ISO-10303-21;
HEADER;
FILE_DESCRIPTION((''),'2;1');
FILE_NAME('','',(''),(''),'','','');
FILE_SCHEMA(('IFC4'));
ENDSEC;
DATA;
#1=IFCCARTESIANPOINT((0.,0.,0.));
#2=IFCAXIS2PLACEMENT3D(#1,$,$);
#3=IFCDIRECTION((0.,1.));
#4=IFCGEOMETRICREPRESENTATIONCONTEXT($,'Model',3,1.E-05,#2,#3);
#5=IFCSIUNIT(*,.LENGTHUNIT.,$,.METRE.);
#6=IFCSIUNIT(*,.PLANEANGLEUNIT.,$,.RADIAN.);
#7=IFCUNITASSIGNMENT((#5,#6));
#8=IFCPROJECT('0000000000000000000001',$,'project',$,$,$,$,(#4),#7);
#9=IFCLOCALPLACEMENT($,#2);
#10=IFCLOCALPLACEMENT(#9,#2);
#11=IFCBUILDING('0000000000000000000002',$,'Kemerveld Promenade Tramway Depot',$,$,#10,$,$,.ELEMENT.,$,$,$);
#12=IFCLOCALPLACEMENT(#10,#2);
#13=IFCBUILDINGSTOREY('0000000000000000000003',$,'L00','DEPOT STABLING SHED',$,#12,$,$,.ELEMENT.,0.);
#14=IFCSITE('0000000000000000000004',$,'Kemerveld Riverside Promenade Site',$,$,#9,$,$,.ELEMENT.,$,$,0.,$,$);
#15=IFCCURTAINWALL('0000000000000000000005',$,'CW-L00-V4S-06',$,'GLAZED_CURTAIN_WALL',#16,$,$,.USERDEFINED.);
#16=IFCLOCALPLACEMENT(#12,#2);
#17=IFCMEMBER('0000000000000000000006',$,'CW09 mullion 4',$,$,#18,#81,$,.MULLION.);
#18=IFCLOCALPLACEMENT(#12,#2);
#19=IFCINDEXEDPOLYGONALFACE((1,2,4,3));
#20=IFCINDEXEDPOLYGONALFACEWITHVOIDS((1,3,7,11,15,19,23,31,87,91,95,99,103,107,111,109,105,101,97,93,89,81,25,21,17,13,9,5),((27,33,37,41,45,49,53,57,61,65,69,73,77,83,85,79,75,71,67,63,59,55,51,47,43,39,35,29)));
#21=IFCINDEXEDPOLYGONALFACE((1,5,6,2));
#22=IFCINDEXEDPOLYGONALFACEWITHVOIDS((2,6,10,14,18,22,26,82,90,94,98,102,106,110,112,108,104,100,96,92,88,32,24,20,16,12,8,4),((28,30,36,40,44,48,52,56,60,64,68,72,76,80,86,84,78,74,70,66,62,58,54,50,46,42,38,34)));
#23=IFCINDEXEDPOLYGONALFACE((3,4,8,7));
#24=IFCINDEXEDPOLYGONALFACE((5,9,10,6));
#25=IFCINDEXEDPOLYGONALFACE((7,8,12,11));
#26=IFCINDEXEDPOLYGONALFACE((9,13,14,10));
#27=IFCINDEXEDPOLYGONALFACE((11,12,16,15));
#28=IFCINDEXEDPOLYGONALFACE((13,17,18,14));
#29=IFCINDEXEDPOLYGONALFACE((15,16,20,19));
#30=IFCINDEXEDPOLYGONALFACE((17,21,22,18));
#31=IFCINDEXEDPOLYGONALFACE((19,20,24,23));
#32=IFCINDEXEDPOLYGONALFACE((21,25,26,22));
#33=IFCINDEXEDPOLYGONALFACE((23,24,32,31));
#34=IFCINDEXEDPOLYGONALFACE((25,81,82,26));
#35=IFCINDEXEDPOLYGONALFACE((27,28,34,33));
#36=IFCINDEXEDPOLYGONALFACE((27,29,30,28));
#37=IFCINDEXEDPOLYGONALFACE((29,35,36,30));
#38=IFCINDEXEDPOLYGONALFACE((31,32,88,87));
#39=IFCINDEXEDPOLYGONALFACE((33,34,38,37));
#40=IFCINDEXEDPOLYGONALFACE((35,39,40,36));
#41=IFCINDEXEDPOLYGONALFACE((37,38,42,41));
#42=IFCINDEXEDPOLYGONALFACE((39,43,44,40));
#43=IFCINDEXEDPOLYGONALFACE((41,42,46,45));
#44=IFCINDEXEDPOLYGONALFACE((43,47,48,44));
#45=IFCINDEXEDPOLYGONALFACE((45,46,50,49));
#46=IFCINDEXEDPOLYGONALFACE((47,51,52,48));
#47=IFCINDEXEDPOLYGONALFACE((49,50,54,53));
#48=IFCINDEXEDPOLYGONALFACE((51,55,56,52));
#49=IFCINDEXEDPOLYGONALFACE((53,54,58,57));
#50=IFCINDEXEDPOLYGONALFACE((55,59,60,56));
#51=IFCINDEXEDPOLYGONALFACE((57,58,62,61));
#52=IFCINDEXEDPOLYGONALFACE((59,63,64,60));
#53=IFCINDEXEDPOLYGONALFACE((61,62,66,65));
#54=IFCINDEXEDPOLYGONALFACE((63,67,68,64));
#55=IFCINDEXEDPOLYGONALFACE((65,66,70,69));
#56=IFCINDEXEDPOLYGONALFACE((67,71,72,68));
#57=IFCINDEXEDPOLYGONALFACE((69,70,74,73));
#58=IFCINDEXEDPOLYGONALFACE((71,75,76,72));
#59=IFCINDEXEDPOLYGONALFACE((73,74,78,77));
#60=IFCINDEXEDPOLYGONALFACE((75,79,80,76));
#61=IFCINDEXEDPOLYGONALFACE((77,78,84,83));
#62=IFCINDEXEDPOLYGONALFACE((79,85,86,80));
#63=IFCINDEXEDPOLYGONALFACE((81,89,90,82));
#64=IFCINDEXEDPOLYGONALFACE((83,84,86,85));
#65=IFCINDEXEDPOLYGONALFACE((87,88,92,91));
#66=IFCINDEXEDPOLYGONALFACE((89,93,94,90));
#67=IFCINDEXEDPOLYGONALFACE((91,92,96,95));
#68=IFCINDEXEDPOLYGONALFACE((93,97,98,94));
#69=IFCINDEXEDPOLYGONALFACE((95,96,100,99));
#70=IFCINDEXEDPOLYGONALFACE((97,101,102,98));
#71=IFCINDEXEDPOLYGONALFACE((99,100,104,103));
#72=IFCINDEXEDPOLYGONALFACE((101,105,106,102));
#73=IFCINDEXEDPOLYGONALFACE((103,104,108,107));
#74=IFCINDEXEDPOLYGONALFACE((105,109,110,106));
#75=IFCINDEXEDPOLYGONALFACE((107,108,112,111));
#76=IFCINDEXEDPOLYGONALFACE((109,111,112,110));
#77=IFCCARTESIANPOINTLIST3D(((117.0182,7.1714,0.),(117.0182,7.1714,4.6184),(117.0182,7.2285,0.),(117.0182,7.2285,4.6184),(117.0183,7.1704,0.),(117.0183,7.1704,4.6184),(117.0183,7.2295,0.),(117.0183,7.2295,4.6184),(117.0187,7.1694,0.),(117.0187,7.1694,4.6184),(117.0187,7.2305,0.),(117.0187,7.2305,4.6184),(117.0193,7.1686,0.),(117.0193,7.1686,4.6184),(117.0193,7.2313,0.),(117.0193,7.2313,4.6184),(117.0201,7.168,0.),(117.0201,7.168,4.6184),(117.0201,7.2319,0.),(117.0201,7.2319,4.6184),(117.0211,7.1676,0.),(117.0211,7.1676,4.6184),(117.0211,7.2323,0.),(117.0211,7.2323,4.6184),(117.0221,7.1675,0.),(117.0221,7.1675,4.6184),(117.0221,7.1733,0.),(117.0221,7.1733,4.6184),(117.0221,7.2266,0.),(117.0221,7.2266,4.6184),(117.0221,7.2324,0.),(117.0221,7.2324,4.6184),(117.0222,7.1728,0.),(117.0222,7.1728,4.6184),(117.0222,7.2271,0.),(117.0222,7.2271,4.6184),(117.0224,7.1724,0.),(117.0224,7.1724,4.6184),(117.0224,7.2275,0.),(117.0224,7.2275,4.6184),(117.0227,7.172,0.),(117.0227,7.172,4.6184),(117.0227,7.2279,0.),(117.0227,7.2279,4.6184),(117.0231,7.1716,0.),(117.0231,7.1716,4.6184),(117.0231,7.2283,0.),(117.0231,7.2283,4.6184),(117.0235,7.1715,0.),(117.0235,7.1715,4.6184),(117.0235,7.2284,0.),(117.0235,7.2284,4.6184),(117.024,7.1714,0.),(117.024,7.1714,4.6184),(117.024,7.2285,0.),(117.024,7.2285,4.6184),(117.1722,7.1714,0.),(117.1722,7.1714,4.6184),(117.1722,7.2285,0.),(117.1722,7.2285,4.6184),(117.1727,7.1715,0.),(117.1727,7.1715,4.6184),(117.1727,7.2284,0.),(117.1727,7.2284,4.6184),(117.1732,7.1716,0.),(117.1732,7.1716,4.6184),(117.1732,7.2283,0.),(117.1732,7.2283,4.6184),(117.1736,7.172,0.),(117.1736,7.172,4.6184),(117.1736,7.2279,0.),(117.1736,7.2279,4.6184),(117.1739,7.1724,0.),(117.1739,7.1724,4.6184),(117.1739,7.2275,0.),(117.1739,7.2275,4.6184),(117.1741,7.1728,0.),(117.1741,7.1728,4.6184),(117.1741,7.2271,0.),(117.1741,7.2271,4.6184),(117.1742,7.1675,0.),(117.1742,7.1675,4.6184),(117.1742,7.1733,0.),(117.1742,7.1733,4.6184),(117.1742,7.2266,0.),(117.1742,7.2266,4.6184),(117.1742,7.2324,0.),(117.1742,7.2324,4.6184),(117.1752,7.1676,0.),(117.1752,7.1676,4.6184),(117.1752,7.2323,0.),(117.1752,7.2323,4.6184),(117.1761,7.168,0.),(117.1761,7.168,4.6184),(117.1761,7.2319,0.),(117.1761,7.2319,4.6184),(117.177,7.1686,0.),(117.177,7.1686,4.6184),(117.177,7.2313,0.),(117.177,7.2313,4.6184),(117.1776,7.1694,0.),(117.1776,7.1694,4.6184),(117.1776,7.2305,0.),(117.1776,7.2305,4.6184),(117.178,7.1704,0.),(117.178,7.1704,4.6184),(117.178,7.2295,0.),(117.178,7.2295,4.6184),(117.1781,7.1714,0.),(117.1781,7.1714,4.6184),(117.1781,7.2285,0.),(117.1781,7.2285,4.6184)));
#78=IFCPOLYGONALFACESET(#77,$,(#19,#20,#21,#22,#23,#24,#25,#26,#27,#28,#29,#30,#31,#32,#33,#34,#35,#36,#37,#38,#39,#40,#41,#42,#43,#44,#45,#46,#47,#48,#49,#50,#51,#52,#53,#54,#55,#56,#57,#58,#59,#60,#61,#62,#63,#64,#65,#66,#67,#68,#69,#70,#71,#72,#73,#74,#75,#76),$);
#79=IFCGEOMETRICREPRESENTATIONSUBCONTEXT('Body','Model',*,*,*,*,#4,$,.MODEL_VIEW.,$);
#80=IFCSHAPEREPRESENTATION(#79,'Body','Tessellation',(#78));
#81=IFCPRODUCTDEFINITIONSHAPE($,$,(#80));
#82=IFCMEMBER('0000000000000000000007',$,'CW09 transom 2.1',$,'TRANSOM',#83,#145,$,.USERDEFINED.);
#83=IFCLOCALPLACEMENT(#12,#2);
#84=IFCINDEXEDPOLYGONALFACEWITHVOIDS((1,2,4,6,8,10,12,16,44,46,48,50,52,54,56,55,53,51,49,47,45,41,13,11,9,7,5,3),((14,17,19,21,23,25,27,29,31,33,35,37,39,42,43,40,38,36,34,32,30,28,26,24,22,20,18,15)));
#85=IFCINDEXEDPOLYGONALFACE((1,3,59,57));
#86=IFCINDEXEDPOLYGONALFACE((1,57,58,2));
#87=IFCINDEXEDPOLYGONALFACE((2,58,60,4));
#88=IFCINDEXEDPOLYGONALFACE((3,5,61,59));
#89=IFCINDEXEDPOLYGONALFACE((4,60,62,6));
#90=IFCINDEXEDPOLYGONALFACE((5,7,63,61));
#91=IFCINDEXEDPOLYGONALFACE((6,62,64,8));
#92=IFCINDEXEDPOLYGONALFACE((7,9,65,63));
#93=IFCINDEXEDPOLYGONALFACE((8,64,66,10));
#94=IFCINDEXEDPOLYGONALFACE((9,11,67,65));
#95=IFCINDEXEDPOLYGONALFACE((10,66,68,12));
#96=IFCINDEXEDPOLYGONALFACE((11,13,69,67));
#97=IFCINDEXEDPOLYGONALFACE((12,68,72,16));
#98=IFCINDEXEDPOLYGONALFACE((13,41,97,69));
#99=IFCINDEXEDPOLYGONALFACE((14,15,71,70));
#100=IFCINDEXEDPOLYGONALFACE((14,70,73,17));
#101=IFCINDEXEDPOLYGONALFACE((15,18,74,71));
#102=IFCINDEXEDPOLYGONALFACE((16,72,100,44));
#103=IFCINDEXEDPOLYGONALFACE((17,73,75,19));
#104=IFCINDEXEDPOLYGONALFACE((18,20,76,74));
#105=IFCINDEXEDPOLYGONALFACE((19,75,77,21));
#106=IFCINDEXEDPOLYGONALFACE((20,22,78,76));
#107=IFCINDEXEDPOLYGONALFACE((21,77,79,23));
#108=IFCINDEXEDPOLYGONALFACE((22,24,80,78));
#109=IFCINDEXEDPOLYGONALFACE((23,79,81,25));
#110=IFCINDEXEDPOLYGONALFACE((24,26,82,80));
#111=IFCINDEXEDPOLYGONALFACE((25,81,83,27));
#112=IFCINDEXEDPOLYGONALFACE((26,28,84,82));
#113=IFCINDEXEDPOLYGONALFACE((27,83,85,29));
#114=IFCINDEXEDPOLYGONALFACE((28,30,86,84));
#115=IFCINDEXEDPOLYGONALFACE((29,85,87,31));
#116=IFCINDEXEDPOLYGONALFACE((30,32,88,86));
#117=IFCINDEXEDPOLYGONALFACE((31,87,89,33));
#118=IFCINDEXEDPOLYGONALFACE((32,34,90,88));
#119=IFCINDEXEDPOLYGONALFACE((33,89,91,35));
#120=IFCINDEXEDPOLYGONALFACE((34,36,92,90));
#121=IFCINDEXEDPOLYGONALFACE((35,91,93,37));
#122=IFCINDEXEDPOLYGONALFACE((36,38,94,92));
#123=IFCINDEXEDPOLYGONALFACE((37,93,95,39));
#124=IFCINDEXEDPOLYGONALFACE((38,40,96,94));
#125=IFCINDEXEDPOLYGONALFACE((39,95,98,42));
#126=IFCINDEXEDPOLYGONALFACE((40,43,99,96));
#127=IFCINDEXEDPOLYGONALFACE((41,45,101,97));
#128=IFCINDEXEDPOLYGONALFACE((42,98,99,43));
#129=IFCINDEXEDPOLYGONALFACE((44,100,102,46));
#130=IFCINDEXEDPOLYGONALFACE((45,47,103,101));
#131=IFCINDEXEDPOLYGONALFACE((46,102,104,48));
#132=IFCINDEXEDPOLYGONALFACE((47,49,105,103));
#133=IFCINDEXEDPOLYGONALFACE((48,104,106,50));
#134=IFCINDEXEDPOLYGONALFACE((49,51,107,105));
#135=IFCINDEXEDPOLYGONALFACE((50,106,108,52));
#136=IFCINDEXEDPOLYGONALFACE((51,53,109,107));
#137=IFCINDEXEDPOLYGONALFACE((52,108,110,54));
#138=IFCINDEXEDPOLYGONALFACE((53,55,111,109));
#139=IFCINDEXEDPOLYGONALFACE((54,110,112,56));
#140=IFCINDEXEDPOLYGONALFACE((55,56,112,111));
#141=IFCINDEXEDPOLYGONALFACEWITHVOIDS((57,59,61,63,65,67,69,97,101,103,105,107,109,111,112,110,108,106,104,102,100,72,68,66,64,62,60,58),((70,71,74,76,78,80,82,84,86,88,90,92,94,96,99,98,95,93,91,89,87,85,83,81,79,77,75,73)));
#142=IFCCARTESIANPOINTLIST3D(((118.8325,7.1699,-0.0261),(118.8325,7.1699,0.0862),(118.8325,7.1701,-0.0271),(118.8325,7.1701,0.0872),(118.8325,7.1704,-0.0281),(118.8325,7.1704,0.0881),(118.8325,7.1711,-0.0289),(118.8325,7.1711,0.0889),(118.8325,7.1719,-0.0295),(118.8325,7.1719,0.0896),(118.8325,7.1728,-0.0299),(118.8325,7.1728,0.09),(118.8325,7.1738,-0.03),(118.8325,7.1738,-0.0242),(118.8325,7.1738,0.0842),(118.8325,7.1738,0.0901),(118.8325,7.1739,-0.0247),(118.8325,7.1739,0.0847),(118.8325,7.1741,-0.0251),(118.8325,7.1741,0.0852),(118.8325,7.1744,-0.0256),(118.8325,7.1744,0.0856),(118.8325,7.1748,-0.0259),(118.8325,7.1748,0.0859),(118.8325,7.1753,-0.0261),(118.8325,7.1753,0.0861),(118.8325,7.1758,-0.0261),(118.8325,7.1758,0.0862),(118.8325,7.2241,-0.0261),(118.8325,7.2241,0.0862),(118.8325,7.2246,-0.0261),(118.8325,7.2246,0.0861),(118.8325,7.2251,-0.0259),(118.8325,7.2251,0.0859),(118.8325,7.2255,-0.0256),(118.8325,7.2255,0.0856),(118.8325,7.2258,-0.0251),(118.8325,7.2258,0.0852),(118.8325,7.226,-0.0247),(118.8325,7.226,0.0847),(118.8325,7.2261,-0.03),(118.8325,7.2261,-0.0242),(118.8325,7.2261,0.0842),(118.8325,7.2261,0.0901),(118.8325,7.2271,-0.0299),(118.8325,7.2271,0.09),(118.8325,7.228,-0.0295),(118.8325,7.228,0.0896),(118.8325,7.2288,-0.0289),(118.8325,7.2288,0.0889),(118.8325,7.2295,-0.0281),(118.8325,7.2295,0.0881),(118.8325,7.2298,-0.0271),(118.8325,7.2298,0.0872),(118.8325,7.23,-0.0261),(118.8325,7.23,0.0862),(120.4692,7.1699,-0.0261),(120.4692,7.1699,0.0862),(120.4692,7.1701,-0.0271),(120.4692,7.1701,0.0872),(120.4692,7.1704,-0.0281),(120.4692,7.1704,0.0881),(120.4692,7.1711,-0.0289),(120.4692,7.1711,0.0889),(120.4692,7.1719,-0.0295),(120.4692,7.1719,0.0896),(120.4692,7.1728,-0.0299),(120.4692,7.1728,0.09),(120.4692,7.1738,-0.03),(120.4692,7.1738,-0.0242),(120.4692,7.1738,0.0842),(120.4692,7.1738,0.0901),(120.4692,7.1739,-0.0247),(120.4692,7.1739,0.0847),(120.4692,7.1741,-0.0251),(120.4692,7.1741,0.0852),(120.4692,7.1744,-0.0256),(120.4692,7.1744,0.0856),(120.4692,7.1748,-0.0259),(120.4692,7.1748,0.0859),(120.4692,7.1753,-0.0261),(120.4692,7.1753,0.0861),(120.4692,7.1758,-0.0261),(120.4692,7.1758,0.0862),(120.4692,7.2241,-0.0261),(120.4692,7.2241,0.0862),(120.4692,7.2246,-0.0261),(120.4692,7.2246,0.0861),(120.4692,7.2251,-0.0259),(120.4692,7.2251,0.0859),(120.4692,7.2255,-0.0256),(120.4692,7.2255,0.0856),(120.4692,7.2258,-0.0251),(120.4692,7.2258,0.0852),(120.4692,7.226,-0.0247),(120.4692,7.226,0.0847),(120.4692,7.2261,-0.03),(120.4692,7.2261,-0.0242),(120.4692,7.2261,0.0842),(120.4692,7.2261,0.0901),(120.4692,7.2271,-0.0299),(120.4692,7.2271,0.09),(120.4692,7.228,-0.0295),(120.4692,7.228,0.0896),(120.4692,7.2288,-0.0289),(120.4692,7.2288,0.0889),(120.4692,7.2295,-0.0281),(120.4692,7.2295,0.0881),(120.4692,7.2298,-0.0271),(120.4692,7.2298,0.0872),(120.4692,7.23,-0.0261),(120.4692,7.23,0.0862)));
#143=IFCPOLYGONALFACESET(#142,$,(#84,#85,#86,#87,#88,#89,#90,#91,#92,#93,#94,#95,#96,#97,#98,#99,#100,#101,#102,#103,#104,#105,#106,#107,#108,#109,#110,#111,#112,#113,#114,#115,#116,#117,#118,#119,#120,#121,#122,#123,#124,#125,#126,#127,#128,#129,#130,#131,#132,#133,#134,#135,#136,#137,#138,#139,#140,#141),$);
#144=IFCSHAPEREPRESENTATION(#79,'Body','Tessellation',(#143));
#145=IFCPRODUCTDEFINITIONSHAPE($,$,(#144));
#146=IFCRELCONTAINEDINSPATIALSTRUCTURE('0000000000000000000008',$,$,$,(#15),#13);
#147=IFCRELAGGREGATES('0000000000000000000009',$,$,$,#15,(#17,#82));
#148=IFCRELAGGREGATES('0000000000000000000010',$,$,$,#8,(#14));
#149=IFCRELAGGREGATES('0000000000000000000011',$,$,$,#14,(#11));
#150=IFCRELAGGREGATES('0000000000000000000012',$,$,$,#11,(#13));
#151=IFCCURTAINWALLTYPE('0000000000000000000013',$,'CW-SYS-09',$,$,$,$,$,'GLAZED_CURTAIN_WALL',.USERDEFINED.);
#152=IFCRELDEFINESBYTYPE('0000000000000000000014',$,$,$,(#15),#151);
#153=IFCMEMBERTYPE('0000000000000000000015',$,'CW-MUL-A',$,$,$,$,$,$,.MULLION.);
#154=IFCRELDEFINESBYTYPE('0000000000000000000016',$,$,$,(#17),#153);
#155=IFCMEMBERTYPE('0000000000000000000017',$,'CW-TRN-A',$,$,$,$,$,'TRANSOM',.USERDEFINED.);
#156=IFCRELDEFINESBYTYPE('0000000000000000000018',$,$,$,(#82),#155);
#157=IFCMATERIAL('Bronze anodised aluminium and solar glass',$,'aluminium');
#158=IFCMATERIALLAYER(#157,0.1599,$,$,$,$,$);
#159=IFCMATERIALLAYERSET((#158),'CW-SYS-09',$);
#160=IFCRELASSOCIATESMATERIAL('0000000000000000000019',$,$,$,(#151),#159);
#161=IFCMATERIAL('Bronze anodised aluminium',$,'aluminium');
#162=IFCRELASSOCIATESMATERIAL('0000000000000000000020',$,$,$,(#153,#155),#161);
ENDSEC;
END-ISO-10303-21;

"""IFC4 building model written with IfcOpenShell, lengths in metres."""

from ifc_helpers import new_model, si_unit, direction, frame, origin, origin_2d, place, context, subcontext, project, spatial, hollow_rectangle, extrude, material, layer, layer_set, material_profile, profile_set, type_object, element, aggregate, save


model = new_model("IFC4")

# Units and contexts
model_context = context("Model", 3, precision=1e-05, world=origin(), true_north=direction((0.0, 1.0)))
body_context = subcontext(model_context, "Body", "Model", "MODEL_VIEW")
ifc_project = project(units=[si_unit("LENGTHUNIT", "METRE"), si_unit("PLANEANGLEUNIT", "RADIAN")], contexts=[model_context])

# Site, building, storey
site_placement = place(None, origin())
site = spatial("IfcSite", under=ifc_project, at=site_placement, Name="Kemerveld Riverside Promenade Site", CompositionType="ELEMENT", RefElevation=0.0)
building_placement = place(site_placement, origin())
building = spatial("IfcBuilding", under=site, at=building_placement, Name="Kemerveld Promenade Tramway Depot", CompositionType="ELEMENT")
storey_placement = place(building_placement, origin())
storey = spatial("IfcBuildingStorey", under=building, at=storey_placement, Name="L00", Description="DEPOT STABLING SHED", CompositionType="ELEMENT", Elevation=0.0)

# Curtain wall, members
ifc_material_1 = material(Name="Bronze anodised aluminium and solar glass", Category="aluminium")
ifc_layer_1 = layer(ifc_material_1, 0.1599)
ifc_layer_set_1 = layer_set([ifc_layer_1], Name="CW-SYS-09")
curtain_wall_type = type_object("IfcCurtainWallType", Name="CW-SYS-09", ElementType="GLAZED_CURTAIN_WALL", PredefinedType="USERDEFINED", material=ifc_layer_set_1)
curtain_wall_placement = place(storey_placement, origin())
curtain_wall = element("IfcCurtainWall", 1, at=curtain_wall_placement, inside=storey, type_object=curtain_wall_type, Name="CW-L00-V4S-06", ObjectType="GLAZED_CURTAIN_WALL", PredefinedType="USERDEFINED")
ifc_material_2 = material(Name="Bronze anodised aluminium", Category="aluminium")
ifc_material_profile_1 = material_profile(ifc_material_2, hollow_rectangle(XDim=0.0649, YDim=0.1599, WallThickness=0.0039, InnerFilletRadius=0.002, OuterFilletRadius=0.0039, at=origin_2d()), Name="CW-MUL-160x65")
ifc_profile_set_1 = profile_set([ifc_material_profile_1], Name="Bronze anodised aluminium")
member_type_1 = type_object("IfcMemberType", Name="CW-MUL-A", PredefinedType="MULLION", material=ifc_profile_set_1)
member_1_placement = place(storey_placement, frame((117.0981, 7.2, 0.0), z_axis=(0.0, 0.0, 1.0), x_axis=(0.0, -1.0, 0.0)))
member_1 = element("IfcMember", 2, at=member_1_placement, type_object=member_type_1, Name="CW09 mullion 4", PredefinedType="MULLION", context=body_context, shape_type="SweptSolid", body=[
    extrude(hollow_rectangle(XDim=0.0649, YDim=0.1599, WallThickness=0.0039, InnerFilletRadius=0.002, OuterFilletRadius=0.0039, at=origin_2d()), origin(), (0.0, 0.0, 1.0), 4.6184),
])
ifc_material_profile_2 = material_profile(ifc_material_2, hollow_rectangle(XDim=0.0601, YDim=0.1201, WallThickness=0.0039, InnerFilletRadius=0.002, OuterFilletRadius=0.0039, at=origin_2d()), Name="CW-TRN-120x60")
ifc_profile_set_2 = profile_set([ifc_material_profile_2], Name="Bronze anodised aluminium")
member_type_2 = type_object("IfcMemberType", Name="CW-TRN-A", ElementType="TRANSOM", PredefinedType="USERDEFINED", material=ifc_profile_set_2)
member_2_placement = place(storey_placement, frame((120.4692, 7.2, 0.03), z_axis=(-1.0, 0.0, 0.0), x_axis=(0.0, -1.0, 0.0)))
member_2 = element("IfcMember", 3, at=member_2_placement, type_object=member_type_2, Name="CW09 transom 2.1", ObjectType="TRANSOM", PredefinedType="USERDEFINED", context=body_context, shape_type="SweptSolid", body=[
    extrude(hollow_rectangle(XDim=0.0601, YDim=0.1201, WallThickness=0.0039, InnerFilletRadius=0.002, OuterFilletRadius=0.0039, at=origin_2d()), origin(), (0.0, 0.0, 1.0), 1.6367),
])
aggregate(curtain_wall, [member_1, member_2])

save(model, "model.ifc")
